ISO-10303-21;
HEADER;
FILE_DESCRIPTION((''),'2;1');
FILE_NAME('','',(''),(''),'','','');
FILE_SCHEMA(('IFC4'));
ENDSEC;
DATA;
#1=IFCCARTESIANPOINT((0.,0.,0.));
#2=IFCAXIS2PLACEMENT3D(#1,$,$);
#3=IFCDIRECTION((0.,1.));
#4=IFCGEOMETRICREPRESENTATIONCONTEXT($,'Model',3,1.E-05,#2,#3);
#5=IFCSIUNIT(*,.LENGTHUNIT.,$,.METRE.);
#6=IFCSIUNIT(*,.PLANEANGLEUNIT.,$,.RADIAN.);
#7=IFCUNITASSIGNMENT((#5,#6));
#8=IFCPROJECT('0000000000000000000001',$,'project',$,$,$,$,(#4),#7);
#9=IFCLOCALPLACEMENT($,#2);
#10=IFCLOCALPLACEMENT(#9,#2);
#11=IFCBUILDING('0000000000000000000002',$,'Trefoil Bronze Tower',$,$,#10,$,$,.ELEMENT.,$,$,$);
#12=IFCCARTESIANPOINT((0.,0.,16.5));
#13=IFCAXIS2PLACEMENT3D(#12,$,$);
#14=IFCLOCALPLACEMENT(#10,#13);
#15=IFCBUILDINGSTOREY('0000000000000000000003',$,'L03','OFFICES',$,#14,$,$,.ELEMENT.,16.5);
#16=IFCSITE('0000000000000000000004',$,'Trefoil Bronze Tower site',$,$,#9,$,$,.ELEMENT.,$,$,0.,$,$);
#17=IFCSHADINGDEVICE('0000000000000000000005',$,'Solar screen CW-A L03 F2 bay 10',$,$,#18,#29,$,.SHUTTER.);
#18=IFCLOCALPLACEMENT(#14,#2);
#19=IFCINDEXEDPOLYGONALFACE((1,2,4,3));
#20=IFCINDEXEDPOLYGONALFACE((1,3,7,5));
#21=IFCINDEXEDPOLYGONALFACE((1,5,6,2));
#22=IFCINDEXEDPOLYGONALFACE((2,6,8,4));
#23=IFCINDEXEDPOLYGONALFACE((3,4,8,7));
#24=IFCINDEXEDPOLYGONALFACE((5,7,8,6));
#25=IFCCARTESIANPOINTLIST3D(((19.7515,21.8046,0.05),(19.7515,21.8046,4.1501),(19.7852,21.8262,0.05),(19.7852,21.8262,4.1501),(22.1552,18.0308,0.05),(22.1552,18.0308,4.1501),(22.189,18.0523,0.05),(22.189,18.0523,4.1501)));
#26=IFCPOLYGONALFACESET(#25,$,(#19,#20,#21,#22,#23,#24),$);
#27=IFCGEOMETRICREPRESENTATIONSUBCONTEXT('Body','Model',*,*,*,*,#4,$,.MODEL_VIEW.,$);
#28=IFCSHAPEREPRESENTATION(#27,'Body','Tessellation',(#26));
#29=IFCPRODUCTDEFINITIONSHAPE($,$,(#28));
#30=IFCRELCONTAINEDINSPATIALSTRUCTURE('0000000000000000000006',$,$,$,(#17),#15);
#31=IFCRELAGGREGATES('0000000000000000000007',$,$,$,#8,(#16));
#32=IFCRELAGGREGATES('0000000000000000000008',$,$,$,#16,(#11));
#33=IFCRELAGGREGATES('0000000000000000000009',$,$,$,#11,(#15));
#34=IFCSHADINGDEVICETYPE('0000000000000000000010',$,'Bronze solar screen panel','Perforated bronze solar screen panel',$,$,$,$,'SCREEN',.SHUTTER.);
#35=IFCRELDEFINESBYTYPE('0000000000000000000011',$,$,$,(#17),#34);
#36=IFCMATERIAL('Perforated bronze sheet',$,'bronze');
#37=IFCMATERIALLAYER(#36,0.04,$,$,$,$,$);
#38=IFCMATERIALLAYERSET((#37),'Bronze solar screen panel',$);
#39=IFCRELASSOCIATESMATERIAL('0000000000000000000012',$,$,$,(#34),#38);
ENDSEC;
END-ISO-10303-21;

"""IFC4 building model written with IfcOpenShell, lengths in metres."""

from ifc_helpers import new_model, si_unit, direction, frame, origin, origin_2d, place, context, subcontext, project, spatial, rectangle, extrude, material, layer, layer_set, type_object, element, save


model = new_model("IFC4")

# Units and contexts
model_context = context("Model", 3, precision=1e-05, world=origin(), true_north=direction((0.0, 1.0)))
body_context = subcontext(model_context, "Body", "Model", "MODEL_VIEW")
ifc_project = project(units=[si_unit("LENGTHUNIT", "METRE"), si_unit("PLANEANGLEUNIT", "RADIAN")], contexts=[model_context])

# Site, building, storey
site_placement = place(None, origin())
site = spatial("IfcSite", under=ifc_project, at=site_placement, Name="Trefoil Bronze Tower site", CompositionType="ELEMENT", RefElevation=0.0)
building_placement = place(site_placement, origin())
building = spatial("IfcBuilding", under=site, at=building_placement, Name="Trefoil Bronze Tower", CompositionType="ELEMENT")
storey_placement = place(building_placement, frame((0.0, 0.0, 16.5)))
storey = spatial("IfcBuildingStorey", under=building, at=storey_placement, Name="L03", Description="OFFICES", CompositionType="ELEMENT", Elevation=16.5)

# Shading device
ifc_material_1 = material(Name="Perforated bronze sheet", Category="bronze")
ifc_layer_1 = layer(ifc_material_1, 0.04)
ifc_layer_set_1 = layer_set([ifc_layer_1], Name="Bronze solar screen panel")
shading_device_type = type_object("IfcShadingDeviceType", Name="Bronze solar screen panel", Description="Perforated bronze solar screen panel", ElementType="SCREEN", PredefinedType="SHUTTER", material=ifc_layer_set_1)
shading_device_placement = place(storey_placement, frame((20.9702, 19.9285, 0.05), z_axis=(0.0, 0.0, 1.0), x_axis=(-0.537222, 0.843441, 0.0)))
element("IfcShadingDevice", 1, at=shading_device_placement, inside=storey, type_object=shading_device_type, Name="Solar screen CW-A L03 F2 bay 10", PredefinedType="SHUTTER", context=body_context, shape_type="SweptSolid", body=[
    extrude(rectangle(XDim=4.4744, YDim=0.04, at=origin_2d()), origin(), (0.0, 0.0, 1.0), 4.1001),
])

save(model, "model.ifc")
